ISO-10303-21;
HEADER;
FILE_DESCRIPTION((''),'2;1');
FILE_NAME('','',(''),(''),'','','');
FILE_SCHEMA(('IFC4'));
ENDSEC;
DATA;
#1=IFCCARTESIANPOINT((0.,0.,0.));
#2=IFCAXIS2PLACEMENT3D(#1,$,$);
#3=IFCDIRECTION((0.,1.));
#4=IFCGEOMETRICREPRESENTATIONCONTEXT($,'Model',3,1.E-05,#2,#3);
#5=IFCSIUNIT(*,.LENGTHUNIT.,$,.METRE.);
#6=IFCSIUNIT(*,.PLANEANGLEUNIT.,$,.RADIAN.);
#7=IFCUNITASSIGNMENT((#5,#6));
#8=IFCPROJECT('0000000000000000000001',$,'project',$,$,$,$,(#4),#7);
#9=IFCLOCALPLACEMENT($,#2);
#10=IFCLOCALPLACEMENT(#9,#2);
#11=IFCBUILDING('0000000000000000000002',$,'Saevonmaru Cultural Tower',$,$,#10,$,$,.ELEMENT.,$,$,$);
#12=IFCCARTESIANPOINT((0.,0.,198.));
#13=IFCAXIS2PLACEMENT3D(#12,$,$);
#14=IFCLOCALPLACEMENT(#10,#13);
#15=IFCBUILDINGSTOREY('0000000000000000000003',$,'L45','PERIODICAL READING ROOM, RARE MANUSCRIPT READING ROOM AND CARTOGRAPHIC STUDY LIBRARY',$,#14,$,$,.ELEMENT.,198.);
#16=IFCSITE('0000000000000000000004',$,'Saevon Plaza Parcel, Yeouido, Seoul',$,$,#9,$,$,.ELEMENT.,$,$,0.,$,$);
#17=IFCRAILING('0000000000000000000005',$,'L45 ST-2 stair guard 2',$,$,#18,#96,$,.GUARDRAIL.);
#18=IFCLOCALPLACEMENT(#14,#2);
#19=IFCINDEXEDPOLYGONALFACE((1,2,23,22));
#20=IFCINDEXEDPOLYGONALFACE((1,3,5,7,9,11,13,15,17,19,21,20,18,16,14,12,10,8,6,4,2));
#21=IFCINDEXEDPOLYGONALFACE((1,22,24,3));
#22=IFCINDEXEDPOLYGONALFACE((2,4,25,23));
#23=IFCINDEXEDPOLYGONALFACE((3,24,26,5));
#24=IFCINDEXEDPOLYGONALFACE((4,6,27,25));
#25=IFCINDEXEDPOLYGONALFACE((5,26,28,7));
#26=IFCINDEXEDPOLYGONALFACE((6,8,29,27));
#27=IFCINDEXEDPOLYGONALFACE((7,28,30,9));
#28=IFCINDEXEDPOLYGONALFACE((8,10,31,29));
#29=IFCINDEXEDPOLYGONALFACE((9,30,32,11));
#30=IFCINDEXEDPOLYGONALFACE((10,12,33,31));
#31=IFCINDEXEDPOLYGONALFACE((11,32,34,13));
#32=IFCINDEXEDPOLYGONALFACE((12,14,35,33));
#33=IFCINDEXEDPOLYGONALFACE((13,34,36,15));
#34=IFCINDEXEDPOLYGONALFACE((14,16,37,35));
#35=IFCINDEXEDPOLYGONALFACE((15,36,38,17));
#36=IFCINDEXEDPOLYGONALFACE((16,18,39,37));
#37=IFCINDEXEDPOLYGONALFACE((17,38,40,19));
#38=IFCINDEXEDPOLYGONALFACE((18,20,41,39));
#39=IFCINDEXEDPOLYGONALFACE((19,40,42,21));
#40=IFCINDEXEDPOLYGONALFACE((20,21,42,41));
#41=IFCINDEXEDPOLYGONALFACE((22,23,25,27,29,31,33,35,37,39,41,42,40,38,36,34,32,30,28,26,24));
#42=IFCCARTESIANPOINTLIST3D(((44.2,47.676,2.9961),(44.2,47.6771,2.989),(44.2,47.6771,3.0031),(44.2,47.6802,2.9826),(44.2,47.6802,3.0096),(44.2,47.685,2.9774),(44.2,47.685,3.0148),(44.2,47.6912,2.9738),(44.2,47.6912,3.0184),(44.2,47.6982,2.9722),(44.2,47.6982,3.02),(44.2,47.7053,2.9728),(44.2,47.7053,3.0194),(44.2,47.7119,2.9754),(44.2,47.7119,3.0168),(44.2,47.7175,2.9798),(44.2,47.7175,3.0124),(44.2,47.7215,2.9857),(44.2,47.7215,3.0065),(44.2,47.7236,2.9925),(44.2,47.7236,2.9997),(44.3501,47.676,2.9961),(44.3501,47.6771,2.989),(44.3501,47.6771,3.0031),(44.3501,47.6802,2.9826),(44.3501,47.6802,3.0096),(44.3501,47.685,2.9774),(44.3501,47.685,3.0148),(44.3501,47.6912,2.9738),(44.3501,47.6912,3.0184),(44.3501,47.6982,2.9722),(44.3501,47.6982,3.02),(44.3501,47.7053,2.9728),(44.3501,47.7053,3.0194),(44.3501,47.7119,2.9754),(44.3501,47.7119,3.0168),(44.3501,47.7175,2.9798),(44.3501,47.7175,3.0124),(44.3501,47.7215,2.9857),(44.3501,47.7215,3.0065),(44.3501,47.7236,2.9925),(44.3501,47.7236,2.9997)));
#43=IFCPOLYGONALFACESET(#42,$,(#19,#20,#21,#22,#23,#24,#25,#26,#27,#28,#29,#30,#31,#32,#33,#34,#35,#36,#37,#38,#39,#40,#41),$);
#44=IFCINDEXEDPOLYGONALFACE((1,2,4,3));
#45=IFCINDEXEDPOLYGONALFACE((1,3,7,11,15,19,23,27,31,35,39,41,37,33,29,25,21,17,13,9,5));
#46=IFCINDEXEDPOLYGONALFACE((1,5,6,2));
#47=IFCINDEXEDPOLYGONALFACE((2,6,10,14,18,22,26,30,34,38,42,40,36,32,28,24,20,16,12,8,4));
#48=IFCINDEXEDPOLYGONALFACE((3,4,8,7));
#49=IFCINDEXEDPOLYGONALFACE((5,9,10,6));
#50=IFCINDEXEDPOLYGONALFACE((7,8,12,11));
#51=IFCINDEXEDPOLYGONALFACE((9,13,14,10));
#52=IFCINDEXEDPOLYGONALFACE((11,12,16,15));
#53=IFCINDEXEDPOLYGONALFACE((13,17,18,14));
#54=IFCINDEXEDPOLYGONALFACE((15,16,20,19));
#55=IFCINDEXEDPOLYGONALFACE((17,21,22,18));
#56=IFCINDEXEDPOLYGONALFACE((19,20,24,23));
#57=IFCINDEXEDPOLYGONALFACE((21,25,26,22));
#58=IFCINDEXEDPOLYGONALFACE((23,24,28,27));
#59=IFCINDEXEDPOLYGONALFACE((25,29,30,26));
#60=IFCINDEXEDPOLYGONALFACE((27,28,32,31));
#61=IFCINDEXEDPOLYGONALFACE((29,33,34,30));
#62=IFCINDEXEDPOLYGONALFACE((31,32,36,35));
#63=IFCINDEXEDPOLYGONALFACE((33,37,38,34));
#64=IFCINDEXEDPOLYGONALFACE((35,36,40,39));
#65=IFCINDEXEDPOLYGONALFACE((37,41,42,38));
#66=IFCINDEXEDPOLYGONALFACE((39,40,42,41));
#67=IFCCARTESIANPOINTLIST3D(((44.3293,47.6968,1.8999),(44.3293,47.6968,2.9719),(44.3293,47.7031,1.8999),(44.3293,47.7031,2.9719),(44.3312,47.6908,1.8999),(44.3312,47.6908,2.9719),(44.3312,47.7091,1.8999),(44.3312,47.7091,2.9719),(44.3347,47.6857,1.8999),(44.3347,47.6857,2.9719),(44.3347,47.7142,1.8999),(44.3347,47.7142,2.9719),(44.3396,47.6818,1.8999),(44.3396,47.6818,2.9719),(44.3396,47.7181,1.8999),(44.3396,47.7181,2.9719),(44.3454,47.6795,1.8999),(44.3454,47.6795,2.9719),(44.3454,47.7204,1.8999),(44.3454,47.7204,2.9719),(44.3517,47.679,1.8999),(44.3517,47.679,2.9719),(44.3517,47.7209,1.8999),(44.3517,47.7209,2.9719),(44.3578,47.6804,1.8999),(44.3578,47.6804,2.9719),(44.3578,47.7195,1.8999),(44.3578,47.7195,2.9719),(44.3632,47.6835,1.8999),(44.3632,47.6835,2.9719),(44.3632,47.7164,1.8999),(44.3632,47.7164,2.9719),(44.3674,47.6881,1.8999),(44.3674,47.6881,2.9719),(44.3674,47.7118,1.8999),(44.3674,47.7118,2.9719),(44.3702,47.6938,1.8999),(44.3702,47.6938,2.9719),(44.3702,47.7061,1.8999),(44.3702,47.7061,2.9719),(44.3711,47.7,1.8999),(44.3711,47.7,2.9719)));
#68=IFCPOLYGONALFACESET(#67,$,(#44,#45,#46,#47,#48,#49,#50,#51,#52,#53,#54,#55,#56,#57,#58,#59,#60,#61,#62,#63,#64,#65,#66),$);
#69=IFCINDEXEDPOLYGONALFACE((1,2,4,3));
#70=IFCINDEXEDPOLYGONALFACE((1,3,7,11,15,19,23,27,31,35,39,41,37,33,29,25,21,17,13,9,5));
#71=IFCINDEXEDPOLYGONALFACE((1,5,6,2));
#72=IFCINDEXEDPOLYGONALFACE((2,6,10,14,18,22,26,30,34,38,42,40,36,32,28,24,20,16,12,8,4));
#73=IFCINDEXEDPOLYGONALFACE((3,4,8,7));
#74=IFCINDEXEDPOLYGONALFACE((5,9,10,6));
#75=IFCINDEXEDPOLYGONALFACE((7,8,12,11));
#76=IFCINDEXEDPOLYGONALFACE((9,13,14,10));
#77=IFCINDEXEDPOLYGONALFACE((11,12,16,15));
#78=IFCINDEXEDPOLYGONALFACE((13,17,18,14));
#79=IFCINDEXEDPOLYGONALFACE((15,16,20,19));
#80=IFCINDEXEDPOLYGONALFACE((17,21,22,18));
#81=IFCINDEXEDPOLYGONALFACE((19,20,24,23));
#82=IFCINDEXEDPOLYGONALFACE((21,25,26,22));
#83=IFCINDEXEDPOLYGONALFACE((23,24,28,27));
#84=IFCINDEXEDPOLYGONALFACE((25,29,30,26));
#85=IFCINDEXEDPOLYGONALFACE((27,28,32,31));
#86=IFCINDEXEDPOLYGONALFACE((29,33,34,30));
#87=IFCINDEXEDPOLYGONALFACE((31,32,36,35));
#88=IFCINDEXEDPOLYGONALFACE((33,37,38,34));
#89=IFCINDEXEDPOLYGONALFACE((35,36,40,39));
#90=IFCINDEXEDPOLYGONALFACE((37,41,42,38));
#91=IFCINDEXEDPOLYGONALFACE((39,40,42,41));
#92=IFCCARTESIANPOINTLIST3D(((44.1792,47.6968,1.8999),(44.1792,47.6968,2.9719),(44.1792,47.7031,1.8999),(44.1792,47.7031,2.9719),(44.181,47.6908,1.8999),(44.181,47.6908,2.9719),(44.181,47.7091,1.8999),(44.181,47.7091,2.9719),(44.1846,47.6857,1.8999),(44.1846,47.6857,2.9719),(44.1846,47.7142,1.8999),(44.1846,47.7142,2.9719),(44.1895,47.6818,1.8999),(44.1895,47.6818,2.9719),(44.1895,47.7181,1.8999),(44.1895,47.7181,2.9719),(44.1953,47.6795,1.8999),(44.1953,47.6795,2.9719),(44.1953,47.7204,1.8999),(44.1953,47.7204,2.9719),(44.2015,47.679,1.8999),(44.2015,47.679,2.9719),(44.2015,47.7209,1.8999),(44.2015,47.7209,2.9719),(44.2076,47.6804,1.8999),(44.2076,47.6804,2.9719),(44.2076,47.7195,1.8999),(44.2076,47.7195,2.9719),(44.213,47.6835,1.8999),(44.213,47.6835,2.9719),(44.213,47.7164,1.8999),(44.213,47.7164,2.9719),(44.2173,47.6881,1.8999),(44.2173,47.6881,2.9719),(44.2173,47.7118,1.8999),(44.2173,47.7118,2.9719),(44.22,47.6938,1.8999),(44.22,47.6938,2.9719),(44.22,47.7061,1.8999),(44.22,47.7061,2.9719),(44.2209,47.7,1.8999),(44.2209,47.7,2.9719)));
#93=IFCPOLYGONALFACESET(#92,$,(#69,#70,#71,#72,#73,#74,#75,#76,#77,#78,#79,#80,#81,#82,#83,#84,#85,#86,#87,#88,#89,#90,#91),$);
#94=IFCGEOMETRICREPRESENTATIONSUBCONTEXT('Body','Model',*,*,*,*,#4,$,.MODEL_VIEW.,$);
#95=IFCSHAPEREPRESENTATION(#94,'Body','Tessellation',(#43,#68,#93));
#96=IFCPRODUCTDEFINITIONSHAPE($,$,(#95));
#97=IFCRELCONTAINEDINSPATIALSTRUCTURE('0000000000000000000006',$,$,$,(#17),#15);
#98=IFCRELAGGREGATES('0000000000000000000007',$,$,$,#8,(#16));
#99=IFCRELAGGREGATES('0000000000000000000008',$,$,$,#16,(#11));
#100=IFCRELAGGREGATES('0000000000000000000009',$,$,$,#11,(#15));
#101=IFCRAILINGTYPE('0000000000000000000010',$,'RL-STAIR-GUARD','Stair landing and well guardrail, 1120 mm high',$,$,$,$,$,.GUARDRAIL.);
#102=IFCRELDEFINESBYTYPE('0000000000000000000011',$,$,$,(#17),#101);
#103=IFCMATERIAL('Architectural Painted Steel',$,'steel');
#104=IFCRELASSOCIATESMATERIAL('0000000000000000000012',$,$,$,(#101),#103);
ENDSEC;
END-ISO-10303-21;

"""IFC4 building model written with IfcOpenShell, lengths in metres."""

from ifc_helpers import new_model, si_unit, direction, frame, origin, origin_2d, place, context, subcontext, project, spatial, circle, extrude, material, type_object, element, save


model = new_model("IFC4")

# Units and contexts
model_context = context("Model", 3, precision=1e-05, world=origin(), true_north=direction((0.0, 1.0)))
body_context = subcontext(model_context, "Body", "Model", "MODEL_VIEW")
ifc_project = project(units=[si_unit("LENGTHUNIT", "METRE"), si_unit("PLANEANGLEUNIT", "RADIAN")], contexts=[model_context])

# Site, building, storey
site_placement = place(None, origin())
site = spatial("IfcSite", under=ifc_project, at=site_placement, Name="Saevon Plaza Parcel, Yeouido, Seoul", CompositionType="ELEMENT", RefElevation=0.0)
building_placement = place(site_placement, origin())
building = spatial("IfcBuilding", under=site, at=building_placement, Name="Saevonmaru Cultural Tower", CompositionType="ELEMENT")
storey_placement = place(building_placement, frame((0.0, 0.0, 198.0)))
storey = spatial("IfcBuildingStorey", under=building, at=storey_placement, Name="L45", Description="PERIODICAL READING ROOM, RARE MANUSCRIPT READING ROOM AND CARTOGRAPHIC STUDY LIBRARY", CompositionType="ELEMENT", Elevation=198.0)

# Railing
ifc_material_1 = material(Name="Architectural Painted Steel", Category="steel")
railing_type_1 = type_object("IfcRailingType", Name="RL-STAIR-GUARD", Description="Stair landing and well guardrail, 1120 mm high", PredefinedType="GUARDRAIL", material=ifc_material_1)
railing_1_placement = place(storey_placement, frame((44.3501, 47.7, 1.8999)))
element("IfcRailing", 1, at=railing_1_placement, inside=storey, type_object=railing_type_1, Name="L45 ST-2 stair guard 2", PredefinedType="GUARDRAIL", context=body_context, shape_type="SweptSolid", body=[
    extrude(circle(Radius=0.0239, at=origin_2d()), frame((0.0, 0.0, 1.0962), z_axis=(-1.0, 0.0, 0.0), x_axis=(0.0, -1.0, 0.0)), (0.0, 0.0, 1.0), 0.1501),
    extrude(circle(Radius=0.021, at=origin_2d()), origin(), (0.0, 0.0, 1.0), 1.072),
    extrude(circle(Radius=0.021, at=origin_2d()), frame((-0.1501, 0.0, 0.0)), (0.0, 0.0, 1.0), 1.072),
])

save(model, "model.ifc")
